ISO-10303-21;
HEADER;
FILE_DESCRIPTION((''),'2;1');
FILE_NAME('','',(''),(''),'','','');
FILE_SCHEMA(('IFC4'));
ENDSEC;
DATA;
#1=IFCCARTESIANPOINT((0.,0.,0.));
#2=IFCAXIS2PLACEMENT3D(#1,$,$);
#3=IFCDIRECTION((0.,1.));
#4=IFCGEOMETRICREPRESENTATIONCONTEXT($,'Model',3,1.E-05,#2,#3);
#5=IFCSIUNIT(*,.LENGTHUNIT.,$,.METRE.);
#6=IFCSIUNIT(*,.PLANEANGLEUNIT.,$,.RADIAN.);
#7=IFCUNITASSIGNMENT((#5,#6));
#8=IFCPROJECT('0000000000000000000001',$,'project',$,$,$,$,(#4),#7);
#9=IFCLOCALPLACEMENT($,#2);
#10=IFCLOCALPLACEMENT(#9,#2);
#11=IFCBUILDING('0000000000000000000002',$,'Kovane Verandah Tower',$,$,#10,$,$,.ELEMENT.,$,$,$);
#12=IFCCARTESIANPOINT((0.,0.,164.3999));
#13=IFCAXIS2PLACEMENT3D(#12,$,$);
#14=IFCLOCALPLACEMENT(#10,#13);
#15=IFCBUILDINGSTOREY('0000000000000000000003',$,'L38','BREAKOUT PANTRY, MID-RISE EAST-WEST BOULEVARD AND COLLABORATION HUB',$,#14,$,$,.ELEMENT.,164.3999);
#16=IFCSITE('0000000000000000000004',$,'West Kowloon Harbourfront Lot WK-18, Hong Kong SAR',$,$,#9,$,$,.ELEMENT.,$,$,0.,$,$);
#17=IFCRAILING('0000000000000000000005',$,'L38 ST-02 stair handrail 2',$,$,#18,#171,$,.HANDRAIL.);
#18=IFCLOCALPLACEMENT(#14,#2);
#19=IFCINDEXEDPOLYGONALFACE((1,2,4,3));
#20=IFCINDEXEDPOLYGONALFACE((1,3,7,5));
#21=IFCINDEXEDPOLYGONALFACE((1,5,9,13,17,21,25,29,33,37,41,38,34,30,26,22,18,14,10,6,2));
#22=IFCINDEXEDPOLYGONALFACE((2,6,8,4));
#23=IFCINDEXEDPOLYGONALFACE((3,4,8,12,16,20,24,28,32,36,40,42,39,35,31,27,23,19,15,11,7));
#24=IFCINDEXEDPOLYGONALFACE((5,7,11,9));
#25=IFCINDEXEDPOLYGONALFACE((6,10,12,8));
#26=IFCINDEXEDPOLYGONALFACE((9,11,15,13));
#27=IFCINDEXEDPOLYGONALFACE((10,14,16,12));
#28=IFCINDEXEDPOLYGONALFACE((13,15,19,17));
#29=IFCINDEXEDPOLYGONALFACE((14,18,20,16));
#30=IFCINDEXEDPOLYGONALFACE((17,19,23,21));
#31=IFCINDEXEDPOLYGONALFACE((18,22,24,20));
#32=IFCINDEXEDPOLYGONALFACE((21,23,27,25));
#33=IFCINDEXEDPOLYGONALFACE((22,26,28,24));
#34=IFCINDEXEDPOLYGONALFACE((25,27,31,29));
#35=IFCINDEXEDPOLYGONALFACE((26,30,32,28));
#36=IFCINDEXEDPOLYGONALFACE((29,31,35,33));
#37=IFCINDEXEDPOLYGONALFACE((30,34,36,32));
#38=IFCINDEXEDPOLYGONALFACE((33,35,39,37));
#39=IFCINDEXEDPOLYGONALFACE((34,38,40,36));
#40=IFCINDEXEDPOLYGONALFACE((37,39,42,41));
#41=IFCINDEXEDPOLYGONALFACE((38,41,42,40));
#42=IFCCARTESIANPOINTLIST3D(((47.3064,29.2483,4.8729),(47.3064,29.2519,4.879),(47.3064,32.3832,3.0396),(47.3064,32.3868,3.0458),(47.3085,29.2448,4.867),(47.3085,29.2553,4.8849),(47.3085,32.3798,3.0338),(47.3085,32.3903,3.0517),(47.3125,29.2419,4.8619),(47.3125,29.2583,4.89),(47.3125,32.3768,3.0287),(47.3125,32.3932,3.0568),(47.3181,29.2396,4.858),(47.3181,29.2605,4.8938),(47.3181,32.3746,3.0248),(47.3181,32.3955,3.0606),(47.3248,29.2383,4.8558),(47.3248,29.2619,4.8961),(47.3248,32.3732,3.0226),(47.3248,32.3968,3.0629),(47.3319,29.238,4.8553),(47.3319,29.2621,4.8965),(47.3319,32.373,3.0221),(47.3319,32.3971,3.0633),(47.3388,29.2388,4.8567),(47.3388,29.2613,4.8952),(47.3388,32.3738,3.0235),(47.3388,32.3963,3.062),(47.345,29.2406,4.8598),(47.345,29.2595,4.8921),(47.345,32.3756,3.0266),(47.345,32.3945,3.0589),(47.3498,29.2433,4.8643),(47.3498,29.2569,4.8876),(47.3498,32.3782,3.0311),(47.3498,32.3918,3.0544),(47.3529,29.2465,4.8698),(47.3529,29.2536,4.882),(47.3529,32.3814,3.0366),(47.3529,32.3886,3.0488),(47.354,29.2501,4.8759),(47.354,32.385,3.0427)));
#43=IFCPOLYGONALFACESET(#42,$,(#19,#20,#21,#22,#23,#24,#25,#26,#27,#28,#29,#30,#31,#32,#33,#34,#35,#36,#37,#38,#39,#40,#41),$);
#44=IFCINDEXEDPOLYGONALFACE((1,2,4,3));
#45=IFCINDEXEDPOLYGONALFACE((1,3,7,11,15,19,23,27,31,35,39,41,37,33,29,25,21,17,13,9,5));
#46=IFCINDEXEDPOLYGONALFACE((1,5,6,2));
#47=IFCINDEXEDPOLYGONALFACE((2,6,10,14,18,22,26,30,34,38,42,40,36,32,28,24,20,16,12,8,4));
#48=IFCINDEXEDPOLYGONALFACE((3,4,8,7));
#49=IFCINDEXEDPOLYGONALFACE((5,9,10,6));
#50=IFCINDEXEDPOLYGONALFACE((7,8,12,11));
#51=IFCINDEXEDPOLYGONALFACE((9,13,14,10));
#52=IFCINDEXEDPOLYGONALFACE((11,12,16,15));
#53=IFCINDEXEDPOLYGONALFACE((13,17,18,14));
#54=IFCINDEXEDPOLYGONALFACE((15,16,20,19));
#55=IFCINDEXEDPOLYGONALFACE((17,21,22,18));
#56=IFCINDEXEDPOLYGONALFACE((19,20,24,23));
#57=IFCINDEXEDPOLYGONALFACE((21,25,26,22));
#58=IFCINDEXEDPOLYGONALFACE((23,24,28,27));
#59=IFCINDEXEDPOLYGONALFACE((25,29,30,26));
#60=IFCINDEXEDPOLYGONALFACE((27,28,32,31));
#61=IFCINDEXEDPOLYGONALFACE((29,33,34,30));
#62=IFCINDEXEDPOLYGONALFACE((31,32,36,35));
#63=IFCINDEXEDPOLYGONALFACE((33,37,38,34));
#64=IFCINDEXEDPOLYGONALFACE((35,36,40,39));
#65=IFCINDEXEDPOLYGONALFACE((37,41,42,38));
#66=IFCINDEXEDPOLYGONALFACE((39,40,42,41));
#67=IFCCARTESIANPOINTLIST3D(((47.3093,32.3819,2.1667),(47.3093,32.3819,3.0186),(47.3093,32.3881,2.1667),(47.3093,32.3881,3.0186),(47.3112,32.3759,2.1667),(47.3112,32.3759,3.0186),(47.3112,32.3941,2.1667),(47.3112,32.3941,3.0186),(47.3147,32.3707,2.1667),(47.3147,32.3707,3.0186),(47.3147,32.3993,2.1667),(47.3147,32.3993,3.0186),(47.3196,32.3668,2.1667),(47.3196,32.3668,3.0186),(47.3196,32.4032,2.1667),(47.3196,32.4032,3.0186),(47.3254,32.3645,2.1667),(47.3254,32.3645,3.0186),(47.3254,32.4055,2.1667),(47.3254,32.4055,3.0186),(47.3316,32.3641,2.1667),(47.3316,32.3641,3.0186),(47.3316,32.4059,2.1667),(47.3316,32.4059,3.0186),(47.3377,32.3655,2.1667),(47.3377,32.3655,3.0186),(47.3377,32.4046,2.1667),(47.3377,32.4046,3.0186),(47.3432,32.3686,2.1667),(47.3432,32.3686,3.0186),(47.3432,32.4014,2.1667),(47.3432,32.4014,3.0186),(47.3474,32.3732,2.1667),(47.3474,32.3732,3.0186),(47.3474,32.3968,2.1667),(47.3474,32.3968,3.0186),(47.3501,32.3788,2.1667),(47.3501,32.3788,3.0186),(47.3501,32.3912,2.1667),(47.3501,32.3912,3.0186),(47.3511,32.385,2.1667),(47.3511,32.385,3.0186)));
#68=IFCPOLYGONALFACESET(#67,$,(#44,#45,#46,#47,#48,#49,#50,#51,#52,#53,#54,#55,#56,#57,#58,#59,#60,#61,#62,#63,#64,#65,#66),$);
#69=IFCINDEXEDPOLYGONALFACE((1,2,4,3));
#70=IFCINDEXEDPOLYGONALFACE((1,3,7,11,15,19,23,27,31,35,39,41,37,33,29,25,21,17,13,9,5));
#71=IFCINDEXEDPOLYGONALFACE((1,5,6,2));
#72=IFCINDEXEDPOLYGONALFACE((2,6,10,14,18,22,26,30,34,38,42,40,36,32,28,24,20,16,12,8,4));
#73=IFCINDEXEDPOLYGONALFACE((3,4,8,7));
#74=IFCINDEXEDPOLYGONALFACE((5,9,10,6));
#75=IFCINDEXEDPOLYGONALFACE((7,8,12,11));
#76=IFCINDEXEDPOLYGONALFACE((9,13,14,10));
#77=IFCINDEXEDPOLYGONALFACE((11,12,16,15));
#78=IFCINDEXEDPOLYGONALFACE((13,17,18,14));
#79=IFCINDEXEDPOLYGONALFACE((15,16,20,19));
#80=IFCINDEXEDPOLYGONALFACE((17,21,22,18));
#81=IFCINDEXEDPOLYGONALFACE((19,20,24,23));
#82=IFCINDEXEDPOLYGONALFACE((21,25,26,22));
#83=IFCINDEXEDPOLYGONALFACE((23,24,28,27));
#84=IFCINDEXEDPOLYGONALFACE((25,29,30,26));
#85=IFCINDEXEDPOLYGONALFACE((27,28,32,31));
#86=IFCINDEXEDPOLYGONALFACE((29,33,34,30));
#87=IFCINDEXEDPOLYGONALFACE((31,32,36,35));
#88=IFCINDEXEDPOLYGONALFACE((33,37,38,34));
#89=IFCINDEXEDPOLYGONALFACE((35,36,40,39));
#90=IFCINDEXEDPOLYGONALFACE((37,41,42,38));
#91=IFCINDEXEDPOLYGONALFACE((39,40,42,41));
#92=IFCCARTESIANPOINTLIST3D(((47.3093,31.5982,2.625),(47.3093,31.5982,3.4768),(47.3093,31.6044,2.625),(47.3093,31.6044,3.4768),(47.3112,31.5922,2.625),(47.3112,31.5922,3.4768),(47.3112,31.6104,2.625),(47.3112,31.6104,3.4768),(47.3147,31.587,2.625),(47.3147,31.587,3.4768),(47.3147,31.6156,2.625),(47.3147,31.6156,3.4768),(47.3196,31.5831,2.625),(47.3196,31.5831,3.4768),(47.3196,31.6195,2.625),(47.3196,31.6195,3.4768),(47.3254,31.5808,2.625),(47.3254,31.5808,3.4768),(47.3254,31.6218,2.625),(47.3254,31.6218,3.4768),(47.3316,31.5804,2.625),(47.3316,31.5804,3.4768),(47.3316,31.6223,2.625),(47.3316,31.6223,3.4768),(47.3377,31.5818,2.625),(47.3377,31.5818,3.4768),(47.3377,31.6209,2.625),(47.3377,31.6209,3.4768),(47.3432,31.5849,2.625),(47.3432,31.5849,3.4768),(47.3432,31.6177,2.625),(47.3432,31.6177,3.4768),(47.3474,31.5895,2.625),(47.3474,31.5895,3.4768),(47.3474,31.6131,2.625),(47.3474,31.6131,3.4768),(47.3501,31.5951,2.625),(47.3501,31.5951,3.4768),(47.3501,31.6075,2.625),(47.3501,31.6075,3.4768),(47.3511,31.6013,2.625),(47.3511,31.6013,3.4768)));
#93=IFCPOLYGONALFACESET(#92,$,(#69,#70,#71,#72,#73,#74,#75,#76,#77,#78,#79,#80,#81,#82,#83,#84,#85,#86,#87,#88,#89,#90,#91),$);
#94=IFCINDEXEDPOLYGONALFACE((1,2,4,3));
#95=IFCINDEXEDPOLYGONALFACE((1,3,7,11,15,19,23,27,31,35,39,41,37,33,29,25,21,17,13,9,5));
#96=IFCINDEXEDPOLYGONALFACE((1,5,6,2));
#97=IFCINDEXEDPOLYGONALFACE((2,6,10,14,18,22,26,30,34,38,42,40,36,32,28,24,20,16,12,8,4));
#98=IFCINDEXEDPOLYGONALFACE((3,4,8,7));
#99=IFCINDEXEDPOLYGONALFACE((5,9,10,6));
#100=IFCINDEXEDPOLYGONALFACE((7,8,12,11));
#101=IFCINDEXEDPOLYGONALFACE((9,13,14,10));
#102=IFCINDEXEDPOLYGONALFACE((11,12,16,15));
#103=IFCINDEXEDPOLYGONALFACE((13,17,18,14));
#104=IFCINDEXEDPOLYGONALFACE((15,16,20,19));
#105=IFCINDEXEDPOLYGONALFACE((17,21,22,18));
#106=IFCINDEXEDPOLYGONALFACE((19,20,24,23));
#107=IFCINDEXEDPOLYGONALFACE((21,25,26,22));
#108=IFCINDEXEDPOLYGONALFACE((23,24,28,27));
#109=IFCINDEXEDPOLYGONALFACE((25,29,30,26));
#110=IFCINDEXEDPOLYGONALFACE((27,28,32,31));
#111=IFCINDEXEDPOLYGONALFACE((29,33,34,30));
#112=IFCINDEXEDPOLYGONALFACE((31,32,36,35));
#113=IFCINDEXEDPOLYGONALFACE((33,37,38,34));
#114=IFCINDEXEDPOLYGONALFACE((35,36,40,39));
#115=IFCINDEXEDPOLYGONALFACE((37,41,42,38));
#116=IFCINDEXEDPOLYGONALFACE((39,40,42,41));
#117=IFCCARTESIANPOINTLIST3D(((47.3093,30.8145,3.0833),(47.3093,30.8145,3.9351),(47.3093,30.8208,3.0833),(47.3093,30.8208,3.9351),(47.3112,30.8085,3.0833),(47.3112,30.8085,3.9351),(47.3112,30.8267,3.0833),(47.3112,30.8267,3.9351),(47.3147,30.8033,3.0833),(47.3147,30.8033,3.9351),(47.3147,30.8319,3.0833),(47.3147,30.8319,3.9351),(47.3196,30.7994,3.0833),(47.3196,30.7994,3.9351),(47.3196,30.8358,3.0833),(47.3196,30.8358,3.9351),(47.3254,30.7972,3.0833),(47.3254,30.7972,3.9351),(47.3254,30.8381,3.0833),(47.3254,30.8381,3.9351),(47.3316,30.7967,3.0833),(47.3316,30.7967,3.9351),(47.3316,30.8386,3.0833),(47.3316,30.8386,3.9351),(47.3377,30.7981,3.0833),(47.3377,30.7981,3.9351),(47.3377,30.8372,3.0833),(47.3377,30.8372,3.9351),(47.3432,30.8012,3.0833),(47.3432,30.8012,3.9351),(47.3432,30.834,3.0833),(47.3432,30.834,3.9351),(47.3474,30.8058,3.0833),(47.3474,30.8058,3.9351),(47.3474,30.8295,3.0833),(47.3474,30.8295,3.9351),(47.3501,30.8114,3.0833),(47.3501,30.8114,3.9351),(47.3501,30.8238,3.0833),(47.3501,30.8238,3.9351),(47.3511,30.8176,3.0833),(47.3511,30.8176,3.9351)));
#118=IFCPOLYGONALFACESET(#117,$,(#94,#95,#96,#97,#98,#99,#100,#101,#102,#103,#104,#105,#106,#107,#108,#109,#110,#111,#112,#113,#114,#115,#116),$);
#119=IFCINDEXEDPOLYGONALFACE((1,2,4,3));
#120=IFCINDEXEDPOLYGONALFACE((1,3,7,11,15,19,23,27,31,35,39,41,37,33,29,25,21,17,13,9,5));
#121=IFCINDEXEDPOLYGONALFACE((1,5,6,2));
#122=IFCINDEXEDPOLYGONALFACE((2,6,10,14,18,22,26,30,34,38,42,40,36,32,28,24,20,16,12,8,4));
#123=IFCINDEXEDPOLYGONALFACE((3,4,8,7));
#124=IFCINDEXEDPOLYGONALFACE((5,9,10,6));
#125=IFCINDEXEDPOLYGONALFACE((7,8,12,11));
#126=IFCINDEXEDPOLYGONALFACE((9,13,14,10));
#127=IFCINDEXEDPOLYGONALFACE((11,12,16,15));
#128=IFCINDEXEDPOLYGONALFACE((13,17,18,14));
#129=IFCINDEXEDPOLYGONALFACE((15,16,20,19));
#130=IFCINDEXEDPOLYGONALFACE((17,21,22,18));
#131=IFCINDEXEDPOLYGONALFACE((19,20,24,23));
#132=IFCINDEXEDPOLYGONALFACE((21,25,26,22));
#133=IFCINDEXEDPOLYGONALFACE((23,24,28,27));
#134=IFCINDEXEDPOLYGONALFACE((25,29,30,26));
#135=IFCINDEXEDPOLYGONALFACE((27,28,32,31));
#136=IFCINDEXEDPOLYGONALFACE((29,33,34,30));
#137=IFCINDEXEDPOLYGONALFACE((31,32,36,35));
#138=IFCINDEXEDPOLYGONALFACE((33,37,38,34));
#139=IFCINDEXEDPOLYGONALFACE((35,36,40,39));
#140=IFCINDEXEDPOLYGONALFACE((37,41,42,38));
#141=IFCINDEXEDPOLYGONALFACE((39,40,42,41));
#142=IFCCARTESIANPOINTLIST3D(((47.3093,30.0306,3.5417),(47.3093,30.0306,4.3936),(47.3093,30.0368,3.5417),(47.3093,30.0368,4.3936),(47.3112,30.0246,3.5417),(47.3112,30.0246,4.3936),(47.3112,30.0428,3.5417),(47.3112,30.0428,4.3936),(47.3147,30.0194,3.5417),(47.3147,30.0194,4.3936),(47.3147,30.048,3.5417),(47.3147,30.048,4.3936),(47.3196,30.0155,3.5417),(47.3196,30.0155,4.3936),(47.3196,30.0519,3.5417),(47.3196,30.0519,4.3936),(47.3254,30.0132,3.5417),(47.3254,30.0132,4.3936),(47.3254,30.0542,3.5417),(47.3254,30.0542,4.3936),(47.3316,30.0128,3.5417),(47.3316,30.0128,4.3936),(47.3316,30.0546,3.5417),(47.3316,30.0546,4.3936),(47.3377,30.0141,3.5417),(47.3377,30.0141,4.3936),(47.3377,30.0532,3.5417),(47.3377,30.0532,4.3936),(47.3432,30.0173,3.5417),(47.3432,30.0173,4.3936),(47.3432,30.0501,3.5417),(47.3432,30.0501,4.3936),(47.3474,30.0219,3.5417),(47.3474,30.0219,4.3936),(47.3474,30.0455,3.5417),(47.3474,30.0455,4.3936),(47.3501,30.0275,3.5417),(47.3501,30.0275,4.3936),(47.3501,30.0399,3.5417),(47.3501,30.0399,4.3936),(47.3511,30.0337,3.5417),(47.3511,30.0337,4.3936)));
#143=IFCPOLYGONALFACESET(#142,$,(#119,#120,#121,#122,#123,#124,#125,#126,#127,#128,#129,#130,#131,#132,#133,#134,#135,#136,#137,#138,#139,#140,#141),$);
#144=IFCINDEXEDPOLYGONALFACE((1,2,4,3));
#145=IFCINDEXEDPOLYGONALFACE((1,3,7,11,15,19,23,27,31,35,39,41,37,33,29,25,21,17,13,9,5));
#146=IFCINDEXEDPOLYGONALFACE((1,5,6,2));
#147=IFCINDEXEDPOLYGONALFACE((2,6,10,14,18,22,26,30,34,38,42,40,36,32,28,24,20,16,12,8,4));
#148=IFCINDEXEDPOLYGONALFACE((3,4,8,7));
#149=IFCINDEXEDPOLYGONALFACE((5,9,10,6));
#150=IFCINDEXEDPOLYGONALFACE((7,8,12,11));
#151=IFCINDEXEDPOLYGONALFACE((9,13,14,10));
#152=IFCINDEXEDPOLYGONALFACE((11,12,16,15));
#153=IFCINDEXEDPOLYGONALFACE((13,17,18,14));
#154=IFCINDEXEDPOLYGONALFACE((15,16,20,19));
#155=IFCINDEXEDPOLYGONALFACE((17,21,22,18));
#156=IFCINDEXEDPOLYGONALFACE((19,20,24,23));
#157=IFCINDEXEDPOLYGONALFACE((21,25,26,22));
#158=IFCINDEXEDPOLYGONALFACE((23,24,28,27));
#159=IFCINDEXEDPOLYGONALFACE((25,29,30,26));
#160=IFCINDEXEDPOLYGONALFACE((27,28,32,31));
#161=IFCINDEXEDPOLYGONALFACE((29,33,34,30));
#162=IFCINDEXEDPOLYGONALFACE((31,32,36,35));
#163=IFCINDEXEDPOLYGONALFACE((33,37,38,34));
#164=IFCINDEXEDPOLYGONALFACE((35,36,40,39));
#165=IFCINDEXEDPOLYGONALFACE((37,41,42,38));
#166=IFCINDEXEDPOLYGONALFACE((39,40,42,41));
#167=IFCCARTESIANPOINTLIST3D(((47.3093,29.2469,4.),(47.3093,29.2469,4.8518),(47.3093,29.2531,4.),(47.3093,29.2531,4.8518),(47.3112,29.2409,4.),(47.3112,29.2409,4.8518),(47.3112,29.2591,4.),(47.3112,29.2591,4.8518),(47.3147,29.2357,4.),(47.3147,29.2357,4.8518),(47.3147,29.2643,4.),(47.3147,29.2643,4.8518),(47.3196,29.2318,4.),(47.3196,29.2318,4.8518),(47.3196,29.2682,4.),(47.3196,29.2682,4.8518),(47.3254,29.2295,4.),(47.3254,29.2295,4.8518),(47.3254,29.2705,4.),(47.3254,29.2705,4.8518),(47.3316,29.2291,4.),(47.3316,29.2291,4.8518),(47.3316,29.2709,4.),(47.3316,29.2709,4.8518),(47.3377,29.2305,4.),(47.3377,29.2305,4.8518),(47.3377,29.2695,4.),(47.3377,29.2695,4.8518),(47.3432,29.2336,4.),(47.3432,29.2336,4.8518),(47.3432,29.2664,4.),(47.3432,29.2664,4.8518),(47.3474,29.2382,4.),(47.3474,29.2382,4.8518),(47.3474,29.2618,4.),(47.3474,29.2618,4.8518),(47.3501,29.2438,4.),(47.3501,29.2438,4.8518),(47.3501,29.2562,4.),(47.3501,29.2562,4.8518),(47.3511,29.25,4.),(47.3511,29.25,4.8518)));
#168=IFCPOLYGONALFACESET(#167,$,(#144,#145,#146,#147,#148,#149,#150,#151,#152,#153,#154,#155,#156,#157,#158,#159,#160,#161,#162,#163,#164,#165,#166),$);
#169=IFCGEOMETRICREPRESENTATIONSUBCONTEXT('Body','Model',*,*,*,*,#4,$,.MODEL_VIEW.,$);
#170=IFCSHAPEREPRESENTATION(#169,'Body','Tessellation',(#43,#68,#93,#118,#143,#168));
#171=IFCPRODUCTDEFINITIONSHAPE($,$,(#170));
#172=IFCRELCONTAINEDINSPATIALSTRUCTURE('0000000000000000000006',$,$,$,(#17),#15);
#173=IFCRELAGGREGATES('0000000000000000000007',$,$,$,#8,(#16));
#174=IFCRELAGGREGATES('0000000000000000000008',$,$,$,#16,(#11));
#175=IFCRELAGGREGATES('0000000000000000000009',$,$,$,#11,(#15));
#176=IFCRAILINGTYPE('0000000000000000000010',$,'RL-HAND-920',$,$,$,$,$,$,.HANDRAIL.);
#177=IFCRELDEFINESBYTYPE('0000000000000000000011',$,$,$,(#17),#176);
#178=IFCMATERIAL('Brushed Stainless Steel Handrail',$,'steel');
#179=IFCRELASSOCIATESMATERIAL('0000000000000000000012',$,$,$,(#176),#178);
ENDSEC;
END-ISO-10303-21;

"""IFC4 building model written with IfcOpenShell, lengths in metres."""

from ifc_helpers import new_model, si_unit, direction, frame, origin, origin_2d, place, context, subcontext, project, spatial, circle, extrude, material, type_object, element, save


model = new_model("IFC4")

# Units and contexts
model_context = context("Model", 3, precision=1e-05, world=origin(), true_north=direction((0.0, 1.0)))
body_context = subcontext(model_context, "Body", "Model", "MODEL_VIEW")
ifc_project = project(units=[si_unit("LENGTHUNIT", "METRE"), si_unit("PLANEANGLEUNIT", "RADIAN")], contexts=[model_context])

# Site, building, storey
site_placement = place(None, origin())
site = spatial("IfcSite", under=ifc_project, at=site_placement, Name="West Kowloon Harbourfront Lot WK-18, Hong Kong SAR", CompositionType="ELEMENT", RefElevation=0.0)
building_placement = place(site_placement, origin())
building = spatial("IfcBuilding", under=site, at=building_placement, Name="Kovane Verandah Tower", CompositionType="ELEMENT")
storey_placement = place(building_placement, frame((0.0, 0.0, 164.3999)))
storey = spatial("IfcBuildingStorey", under=building, at=storey_placement, Name="L38", Description="BREAKOUT PANTRY, MID-RISE EAST-WEST BOULEVARD AND COLLABORATION HUB", CompositionType="ELEMENT", Elevation=164.3999)

# Railing
ifc_material_1 = material(Name="Brushed Stainless Steel Handrail", Category="steel")
railing_type_1 = type_object("IfcRailingType", Name="RL-HAND-920", PredefinedType="HANDRAIL", material=ifc_material_1)
railing_1_placement = place(storey_placement, frame((47.3301, 32.385, 2.1667)))
element("IfcRailing", 1, at=railing_1_placement, inside=storey, type_object=railing_type_1, Name="L38 ST-02 stair handrail 2", PredefinedType="HANDRAIL", context=body_context, shape_type="SweptSolid", body=[
    extrude(circle(Radius=0.0239, at=origin_2d()), frame((0.0, 0.0, 0.876), z_axis=(0.0, -0.86324, 0.504794), x_axis=(1.0, 0.0, 0.0)), (0.0, 0.0, 1.0), 3.6316),
    extrude(circle(Radius=0.021, at=origin_2d()), origin(), (0.0, 0.0, 1.0), 0.8518),
    extrude(circle(Radius=0.021, at=origin_2d()), frame((0.0, -0.7837, 0.4583)), (0.0, 0.0, 1.0), 0.8518),
    extrude(circle(Radius=0.021, at=origin_2d()), frame((0.0, -1.5674, 0.9165)), (0.0, 0.0, 1.0), 0.8518),
    extrude(circle(Radius=0.021, at=origin_2d()), frame((0.0, -2.3513, 1.375)), (0.0, 0.0, 1.0), 0.8518),
    extrude(circle(Radius=0.021, at=origin_2d()), frame((0.0, -3.135, 1.8333)), (0.0, 0.0, 1.0), 0.8518),
])

save(model, "model.ifc")
